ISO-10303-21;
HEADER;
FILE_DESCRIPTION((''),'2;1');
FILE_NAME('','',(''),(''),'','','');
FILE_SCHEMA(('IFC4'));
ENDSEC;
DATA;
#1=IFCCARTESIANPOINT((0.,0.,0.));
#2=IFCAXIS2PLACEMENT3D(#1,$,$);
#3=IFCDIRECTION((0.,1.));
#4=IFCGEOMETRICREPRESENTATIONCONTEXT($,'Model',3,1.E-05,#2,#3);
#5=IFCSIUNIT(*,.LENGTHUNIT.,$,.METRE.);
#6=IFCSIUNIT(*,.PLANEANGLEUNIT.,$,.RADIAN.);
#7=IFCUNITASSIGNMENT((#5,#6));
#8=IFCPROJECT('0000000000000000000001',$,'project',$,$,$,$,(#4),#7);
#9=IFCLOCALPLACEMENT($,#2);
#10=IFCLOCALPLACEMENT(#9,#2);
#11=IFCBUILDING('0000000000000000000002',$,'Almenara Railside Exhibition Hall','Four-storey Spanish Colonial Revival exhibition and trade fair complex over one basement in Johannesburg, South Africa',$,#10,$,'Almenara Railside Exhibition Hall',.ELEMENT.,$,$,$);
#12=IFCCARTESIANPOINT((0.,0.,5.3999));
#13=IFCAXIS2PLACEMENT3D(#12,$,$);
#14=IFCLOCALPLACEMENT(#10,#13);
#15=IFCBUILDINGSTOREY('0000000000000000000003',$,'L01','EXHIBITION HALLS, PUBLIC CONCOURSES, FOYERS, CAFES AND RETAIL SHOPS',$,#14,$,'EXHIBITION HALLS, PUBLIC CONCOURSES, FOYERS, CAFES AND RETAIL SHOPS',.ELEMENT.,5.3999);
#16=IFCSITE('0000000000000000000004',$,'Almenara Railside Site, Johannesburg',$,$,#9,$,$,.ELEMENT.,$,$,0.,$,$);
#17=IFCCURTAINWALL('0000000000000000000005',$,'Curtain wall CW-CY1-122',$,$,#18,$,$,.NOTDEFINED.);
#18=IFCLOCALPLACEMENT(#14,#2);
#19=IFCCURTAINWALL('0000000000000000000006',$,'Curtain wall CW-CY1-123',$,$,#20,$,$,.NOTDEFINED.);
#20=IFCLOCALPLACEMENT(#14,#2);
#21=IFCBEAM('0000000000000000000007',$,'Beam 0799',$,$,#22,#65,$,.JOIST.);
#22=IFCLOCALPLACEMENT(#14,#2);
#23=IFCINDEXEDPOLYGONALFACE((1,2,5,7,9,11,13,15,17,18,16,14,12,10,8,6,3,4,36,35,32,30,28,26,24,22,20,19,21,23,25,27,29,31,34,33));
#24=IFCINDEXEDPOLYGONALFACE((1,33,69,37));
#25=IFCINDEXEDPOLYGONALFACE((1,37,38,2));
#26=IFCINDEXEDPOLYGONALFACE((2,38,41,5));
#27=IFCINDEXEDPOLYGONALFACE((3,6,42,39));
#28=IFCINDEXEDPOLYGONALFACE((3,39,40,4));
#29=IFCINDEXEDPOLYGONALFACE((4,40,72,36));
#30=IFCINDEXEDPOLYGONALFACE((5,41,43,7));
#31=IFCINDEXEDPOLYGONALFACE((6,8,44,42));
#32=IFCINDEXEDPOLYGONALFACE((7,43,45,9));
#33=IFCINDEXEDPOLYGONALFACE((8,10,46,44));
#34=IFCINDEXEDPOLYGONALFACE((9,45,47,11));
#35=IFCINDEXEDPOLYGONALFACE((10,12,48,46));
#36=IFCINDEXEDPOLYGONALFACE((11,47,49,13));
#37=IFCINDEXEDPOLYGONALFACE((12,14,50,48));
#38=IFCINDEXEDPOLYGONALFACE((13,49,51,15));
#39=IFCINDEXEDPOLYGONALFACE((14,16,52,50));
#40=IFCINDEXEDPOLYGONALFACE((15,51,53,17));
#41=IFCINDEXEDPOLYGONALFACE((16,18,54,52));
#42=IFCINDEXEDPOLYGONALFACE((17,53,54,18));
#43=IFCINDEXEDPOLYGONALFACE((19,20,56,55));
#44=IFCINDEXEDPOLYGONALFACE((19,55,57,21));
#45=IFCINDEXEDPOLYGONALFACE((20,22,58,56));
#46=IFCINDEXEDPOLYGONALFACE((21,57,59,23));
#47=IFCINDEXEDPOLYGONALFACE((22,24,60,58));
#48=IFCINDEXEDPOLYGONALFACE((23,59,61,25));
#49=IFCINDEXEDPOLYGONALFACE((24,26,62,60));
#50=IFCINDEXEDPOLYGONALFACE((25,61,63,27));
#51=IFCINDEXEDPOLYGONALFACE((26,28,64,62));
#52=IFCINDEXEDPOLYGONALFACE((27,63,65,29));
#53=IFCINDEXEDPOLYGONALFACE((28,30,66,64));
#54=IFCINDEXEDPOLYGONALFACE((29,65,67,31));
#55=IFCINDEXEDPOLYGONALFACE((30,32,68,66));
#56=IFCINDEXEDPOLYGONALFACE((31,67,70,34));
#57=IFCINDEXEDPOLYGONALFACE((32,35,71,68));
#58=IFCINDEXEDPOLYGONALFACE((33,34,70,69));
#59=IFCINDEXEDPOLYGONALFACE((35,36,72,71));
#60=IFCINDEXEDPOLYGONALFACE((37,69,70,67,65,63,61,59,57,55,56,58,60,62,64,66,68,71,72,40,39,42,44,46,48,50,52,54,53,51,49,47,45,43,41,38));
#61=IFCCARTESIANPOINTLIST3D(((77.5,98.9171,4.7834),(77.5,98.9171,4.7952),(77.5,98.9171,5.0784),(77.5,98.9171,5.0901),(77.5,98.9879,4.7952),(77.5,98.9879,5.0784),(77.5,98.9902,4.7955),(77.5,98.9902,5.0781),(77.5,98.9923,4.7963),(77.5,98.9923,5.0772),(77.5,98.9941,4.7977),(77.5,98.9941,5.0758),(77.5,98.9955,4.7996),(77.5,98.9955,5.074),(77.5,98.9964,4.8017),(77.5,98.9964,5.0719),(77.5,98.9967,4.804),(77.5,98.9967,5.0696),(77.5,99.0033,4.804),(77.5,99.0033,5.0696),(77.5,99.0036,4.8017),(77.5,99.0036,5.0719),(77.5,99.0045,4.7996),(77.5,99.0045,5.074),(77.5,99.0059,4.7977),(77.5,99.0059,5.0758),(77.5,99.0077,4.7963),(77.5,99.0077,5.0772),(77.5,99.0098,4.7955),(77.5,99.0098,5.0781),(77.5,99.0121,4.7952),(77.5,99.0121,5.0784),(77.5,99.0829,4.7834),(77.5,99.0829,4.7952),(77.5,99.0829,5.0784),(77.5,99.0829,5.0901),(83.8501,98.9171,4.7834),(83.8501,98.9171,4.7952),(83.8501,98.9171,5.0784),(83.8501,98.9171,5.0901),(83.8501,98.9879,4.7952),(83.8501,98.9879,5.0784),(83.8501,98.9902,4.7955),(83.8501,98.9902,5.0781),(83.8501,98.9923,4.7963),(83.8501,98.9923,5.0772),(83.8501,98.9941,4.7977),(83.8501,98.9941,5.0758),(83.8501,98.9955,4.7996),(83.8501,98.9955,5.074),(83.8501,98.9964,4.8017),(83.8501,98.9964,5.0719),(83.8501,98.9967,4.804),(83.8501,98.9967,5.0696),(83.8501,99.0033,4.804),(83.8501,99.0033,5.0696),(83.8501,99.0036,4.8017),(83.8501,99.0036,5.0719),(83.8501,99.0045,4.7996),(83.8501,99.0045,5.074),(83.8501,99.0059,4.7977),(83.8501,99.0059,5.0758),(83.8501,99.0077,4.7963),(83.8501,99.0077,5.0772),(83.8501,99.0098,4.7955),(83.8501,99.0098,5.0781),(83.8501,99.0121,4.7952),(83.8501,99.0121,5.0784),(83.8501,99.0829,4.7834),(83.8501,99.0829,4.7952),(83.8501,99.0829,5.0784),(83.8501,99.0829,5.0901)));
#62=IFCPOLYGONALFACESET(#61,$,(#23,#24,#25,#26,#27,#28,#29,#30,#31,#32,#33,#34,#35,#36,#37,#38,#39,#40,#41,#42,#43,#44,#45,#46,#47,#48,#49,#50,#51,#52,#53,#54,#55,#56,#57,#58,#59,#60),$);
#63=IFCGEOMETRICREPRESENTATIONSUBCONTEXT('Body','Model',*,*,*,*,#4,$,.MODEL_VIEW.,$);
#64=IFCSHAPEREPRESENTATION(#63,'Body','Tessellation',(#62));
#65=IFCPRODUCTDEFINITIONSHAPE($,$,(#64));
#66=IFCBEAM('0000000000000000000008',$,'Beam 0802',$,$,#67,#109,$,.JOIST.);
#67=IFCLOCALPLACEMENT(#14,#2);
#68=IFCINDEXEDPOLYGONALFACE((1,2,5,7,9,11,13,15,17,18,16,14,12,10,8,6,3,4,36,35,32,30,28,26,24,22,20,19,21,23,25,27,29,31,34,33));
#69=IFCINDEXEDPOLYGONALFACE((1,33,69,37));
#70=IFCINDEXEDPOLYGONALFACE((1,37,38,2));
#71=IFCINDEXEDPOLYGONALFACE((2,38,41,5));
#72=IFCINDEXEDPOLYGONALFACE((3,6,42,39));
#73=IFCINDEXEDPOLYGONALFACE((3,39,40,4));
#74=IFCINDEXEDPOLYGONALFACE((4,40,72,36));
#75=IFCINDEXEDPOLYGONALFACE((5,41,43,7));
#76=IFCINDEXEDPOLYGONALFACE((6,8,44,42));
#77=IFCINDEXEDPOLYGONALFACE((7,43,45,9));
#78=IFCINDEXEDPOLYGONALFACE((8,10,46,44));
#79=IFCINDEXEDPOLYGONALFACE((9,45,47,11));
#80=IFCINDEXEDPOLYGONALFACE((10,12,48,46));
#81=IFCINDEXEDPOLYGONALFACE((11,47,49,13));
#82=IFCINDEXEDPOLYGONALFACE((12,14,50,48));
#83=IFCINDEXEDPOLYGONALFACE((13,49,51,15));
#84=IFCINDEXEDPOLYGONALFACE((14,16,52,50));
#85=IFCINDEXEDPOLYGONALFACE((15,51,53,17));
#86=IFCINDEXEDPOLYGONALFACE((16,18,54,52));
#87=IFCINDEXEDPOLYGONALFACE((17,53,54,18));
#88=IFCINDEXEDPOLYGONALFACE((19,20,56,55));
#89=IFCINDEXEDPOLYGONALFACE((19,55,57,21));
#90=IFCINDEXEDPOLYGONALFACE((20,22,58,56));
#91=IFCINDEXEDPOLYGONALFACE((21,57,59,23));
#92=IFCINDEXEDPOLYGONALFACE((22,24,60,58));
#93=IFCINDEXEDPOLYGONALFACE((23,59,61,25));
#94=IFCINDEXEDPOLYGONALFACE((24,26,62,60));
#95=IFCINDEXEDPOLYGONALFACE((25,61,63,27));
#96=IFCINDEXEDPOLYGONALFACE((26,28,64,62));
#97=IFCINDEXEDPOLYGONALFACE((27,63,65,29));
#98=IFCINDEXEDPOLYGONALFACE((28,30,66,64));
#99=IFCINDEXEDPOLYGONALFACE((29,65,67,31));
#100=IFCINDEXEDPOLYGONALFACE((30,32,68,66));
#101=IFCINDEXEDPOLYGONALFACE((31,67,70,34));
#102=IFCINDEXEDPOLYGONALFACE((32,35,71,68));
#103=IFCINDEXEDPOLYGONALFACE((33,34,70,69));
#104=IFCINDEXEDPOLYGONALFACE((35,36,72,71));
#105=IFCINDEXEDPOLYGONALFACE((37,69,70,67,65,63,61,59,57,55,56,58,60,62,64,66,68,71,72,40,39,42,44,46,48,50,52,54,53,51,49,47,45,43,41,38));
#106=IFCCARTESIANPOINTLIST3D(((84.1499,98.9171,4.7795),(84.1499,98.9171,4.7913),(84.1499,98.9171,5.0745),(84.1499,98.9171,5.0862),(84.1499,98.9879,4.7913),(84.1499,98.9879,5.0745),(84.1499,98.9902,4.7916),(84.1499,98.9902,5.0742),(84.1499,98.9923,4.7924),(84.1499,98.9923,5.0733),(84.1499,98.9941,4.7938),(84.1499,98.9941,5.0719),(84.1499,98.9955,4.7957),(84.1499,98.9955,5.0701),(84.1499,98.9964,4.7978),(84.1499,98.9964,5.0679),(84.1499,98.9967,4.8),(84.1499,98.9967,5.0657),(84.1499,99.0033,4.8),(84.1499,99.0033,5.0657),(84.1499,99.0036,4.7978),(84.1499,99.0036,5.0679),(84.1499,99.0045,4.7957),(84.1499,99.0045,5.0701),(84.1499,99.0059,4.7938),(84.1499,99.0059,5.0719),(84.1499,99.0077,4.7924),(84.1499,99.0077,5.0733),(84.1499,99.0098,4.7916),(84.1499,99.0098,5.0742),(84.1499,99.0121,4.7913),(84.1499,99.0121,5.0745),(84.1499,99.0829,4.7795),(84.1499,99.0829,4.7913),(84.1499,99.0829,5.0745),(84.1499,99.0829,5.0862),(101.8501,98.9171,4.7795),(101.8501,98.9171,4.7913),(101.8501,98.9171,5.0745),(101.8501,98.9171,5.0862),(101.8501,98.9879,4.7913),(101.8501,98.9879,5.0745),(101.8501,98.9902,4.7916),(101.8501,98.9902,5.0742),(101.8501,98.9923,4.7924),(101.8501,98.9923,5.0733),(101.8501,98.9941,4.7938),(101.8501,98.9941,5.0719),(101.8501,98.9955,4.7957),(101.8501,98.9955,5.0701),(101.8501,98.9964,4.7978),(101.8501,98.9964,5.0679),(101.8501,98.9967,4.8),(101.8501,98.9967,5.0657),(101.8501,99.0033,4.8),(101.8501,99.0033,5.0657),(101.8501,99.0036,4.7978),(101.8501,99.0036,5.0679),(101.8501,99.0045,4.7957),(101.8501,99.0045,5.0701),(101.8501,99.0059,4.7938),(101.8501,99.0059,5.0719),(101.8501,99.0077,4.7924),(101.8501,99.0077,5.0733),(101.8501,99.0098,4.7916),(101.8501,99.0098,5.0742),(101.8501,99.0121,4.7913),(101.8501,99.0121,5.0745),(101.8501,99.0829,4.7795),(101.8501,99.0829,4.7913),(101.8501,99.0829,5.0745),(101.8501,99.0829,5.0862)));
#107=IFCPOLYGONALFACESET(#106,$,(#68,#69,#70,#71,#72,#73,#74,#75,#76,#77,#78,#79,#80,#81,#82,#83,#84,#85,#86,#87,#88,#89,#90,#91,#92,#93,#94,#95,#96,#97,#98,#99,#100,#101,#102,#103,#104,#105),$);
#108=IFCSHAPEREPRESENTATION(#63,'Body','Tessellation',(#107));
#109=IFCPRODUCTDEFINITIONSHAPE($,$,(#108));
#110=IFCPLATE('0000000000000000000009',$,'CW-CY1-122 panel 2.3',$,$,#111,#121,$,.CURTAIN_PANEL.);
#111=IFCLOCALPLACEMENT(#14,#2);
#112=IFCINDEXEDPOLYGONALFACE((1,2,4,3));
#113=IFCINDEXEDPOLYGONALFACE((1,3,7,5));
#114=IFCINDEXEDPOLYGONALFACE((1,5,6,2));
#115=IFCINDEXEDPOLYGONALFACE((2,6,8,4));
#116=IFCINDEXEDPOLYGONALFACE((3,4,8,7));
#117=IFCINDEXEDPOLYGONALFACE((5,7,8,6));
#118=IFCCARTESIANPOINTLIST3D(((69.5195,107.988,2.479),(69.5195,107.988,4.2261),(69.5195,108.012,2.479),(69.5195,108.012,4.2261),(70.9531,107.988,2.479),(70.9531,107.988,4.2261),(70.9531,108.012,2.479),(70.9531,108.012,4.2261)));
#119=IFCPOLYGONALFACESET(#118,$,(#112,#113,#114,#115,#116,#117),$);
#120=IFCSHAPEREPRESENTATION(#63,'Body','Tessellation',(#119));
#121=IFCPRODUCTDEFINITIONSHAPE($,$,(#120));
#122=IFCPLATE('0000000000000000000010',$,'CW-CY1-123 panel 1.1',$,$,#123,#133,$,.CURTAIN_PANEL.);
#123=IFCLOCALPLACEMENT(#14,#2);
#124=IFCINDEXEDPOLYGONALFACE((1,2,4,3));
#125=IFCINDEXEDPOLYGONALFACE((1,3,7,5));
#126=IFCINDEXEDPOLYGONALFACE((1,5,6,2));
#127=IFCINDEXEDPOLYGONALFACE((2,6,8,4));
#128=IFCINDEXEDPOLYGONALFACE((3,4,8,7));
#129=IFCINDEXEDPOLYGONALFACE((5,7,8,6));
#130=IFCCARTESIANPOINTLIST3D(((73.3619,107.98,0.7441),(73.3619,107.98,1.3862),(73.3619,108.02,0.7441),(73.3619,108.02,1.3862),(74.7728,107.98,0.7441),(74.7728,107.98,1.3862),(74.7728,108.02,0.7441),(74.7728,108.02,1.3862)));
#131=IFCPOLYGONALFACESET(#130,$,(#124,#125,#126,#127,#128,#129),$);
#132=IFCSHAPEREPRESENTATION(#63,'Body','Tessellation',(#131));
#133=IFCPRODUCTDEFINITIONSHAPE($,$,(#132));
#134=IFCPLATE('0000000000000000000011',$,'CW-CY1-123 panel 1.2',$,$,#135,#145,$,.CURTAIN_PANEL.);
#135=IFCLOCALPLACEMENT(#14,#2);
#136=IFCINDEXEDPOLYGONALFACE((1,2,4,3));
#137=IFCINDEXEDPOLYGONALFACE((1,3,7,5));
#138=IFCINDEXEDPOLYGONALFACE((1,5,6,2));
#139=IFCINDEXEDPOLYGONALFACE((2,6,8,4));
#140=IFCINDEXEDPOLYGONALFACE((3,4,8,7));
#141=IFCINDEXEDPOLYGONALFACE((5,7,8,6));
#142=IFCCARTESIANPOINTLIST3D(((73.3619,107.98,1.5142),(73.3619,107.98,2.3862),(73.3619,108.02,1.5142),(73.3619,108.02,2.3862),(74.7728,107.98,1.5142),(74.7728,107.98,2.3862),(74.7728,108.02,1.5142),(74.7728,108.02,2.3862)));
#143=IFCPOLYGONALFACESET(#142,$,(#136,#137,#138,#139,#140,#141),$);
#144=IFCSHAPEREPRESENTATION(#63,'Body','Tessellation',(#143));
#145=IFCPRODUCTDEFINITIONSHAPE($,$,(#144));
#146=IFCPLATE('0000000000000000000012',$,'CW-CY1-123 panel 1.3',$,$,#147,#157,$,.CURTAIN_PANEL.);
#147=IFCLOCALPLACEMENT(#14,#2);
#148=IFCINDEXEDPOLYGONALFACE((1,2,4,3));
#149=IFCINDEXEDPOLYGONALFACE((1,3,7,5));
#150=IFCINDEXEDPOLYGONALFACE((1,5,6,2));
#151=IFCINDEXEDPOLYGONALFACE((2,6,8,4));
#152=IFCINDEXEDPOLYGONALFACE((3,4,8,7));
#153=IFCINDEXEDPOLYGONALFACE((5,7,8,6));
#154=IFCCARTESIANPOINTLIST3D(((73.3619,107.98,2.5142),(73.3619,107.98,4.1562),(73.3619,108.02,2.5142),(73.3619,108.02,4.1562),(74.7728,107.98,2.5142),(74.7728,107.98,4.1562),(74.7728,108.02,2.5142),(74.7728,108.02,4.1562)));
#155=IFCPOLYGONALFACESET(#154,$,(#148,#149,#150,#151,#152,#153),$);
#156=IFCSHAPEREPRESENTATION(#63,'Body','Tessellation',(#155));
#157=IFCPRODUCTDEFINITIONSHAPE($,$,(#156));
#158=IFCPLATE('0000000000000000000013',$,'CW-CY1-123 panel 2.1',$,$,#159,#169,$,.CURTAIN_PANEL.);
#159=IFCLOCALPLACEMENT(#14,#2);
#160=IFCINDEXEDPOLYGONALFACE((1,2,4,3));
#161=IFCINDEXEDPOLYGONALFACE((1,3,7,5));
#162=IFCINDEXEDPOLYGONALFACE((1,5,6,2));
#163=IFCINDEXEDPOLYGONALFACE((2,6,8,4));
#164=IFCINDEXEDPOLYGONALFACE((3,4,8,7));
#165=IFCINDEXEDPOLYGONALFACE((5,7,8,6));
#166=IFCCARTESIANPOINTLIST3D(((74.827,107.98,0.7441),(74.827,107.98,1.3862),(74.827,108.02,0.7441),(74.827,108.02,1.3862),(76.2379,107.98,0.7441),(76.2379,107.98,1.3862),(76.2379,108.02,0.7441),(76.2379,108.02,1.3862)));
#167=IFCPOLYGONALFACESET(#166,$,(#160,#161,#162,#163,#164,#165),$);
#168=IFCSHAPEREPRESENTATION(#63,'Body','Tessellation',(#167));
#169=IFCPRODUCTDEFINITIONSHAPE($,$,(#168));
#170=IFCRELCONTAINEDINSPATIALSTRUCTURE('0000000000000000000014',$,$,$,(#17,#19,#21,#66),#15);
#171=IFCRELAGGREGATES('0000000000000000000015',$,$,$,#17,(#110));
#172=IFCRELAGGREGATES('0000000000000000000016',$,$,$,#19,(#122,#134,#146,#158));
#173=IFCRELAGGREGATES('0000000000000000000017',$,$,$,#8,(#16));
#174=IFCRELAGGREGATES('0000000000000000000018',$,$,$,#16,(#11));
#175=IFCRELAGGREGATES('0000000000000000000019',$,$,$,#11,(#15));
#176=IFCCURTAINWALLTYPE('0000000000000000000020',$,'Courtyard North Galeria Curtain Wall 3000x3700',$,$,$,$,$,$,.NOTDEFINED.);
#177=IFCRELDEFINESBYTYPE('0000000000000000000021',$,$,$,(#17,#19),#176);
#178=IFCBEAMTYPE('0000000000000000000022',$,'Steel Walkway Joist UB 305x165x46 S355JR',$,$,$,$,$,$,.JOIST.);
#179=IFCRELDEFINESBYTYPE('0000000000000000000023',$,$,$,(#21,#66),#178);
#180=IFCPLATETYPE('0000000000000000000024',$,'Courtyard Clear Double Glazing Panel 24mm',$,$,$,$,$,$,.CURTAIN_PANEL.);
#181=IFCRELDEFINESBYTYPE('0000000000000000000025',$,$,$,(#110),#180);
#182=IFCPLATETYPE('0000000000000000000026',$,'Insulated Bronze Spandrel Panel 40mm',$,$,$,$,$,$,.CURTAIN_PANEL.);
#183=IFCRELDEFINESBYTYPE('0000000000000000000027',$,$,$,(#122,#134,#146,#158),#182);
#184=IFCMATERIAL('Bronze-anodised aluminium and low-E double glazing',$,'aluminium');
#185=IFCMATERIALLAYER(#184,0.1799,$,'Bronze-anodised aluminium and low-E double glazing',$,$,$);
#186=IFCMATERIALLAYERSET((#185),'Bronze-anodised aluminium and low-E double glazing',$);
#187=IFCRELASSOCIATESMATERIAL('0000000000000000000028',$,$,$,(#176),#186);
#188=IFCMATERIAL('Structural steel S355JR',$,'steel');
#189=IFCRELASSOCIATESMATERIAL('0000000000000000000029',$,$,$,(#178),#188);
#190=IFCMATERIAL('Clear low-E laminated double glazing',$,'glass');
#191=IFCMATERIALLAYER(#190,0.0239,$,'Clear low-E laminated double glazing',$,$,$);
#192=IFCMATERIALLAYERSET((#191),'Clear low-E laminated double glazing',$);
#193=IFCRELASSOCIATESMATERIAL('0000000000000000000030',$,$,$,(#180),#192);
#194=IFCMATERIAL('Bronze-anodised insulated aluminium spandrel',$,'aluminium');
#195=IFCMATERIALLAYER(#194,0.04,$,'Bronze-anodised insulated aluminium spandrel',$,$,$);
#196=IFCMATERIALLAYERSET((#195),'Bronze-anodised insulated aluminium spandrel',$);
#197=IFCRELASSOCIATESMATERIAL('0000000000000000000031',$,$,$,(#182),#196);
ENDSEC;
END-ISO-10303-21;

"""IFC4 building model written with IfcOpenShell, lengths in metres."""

from ifc_helpers import new_model, si_unit, direction, frame, origin, origin_2d, place, context, subcontext, project, spatial, rectangle, i_section, extrude, material, layer, layer_set, material_profile, profile_set, type_object, element, aggregate, save


model = new_model("IFC4")

# Units and contexts
model_context = context("Model", 3, precision=1e-05, world=origin(), true_north=direction((0.0, 1.0)))
body_context = subcontext(model_context, "Body", "Model", "MODEL_VIEW")
ifc_project = project(units=[si_unit("LENGTHUNIT", "METRE"), si_unit("PLANEANGLEUNIT", "RADIAN")], contexts=[model_context])

# Site, building, storey
site_placement = place(None, origin())
site = spatial("IfcSite", under=ifc_project, at=site_placement, Name="Almenara Railside Site, Johannesburg", CompositionType="ELEMENT", RefElevation=0.0)
building_placement = place(site_placement, origin())
building = spatial("IfcBuilding", under=site, at=building_placement, Name="Almenara Railside Exhibition Hall", Description="Four-storey Spanish Colonial Revival exhibition and trade fair complex over one basement in Johannesburg, South Africa", LongName="Almenara Railside Exhibition Hall", CompositionType="ELEMENT")
storey_placement = place(building_placement, frame((0.0, 0.0, 5.3999)))
storey = spatial("IfcBuildingStorey", under=building, at=storey_placement, Name="L01", Description="EXHIBITION HALLS, PUBLIC CONCOURSES, FOYERS, CAFES AND RETAIL SHOPS", LongName="EXHIBITION HALLS, PUBLIC CONCOURSES, FOYERS, CAFES AND RETAIL SHOPS", CompositionType="ELEMENT", Elevation=5.3999)

# Curtain wall
ifc_material_1 = material(Name="Bronze-anodised aluminium and low-E double glazing", Category="aluminium")
ifc_layer_1 = layer(ifc_material_1, 0.1799, Name="Bronze-anodised aluminium and low-E double glazing")
ifc_layer_set_1 = layer_set([ifc_layer_1], Name="Bronze-anodised aluminium and low-E double glazing")
curtain_wall_type = type_object("IfcCurtainWallType", Name="Courtyard North Galeria Curtain Wall 3000x3700", PredefinedType="NOTDEFINED", material=ifc_layer_set_1)
curtain_wall_1_placement = place(storey_placement, origin())
curtain_wall_1 = element("IfcCurtainWall", 1, at=curtain_wall_1_placement, inside=storey, type_object=curtain_wall_type, Name="Curtain wall CW-CY1-122", PredefinedType="NOTDEFINED")

# Curtain wall
curtain_wall_2_placement = place(storey_placement, origin())
curtain_wall_2 = element("IfcCurtainWall", 2, at=curtain_wall_2_placement, inside=storey, type_object=curtain_wall_type, Name="Curtain wall CW-CY1-123", PredefinedType="NOTDEFINED")

# Beams
ifc_material_2 = material(Name="Structural steel S355JR", Category="steel")
ifc_material_profile_1 = material_profile(ifc_material_2, i_section(OverallWidth=0.1658, OverallDepth=0.3066, WebThickness=0.0066, FlangeThickness=0.0117, FilletRadius=0.0088, at=origin_2d()), Name="UB 305x165x46")
ifc_profile_set_1 = profile_set([ifc_material_profile_1], Name="Structural steel S355JR")
beam_type_1 = type_object("IfcBeamType", Name="Steel Walkway Joist UB 305x165x46 S355JR", PredefinedType="JOIST", material=ifc_profile_set_1)
beam_1_placement = place(storey_placement, frame((77.5, 99.0, 4.9368), z_axis=(1.0, 0.0, 0.0), x_axis=(0.0, 1.0, 0.0)))
element("IfcBeam", 3, at=beam_1_placement, inside=storey, type_object=beam_type_1, Name="Beam 0799", PredefinedType="JOIST", context=body_context, shape_type="SweptSolid", body=[
    extrude(i_section(OverallWidth=0.1658, OverallDepth=0.3066, WebThickness=0.0066, FlangeThickness=0.0117, FilletRadius=0.0088, at=origin_2d()), origin(), (0.0, 0.0, 1.0), 6.3501),
])
beam_2_placement = place(storey_placement, frame((84.1499, 99.0, 4.9329), z_axis=(1.0, 0.0, 0.0), x_axis=(0.0, 1.0, 0.0)))
element("IfcBeam", 4, at=beam_2_placement, inside=storey, type_object=beam_type_1, Name="Beam 0802", PredefinedType="JOIST", context=body_context, shape_type="SweptSolid", body=[
    extrude(i_section(OverallWidth=0.1658, OverallDepth=0.3066, WebThickness=0.0066, FlangeThickness=0.0117, FilletRadius=0.0088, at=origin_2d()), origin(), (0.0, 0.0, 1.0), 17.7002),
])

# Plates
ifc_material_3 = material(Name="Clear low-E laminated double glazing", Category="glass")
ifc_layer_2 = layer(ifc_material_3, 0.0239, Name="Clear low-E laminated double glazing")
ifc_layer_set_2 = layer_set([ifc_layer_2], Name="Clear low-E laminated double glazing")
plate_type_1 = type_object("IfcPlateType", Name="Courtyard Clear Double Glazing Panel 24mm", PredefinedType="CURTAIN_PANEL", material=ifc_layer_set_2)
plate_1_placement = place(storey_placement, frame((70.2363, 108.0, 2.479), z_axis=(0.0, 0.0, 1.0), x_axis=(1.0, 0.0, 0.0)))
plate_1 = element("IfcPlate", 5, at=plate_1_placement, type_object=plate_type_1, Name="CW-CY1-122 panel 2.3", PredefinedType="CURTAIN_PANEL", context=body_context, shape_type="SweptSolid", body=[
    extrude(rectangle(XDim=1.4336, YDim=0.0239, at=origin_2d()), origin(), (0.0, 0.0, 1.0), 1.7471),
])
aggregate(curtain_wall_1, [plate_1])
ifc_material_4 = material(Name="Bronze-anodised insulated aluminium spandrel", Category="aluminium")
ifc_layer_3 = layer(ifc_material_4, 0.04, Name="Bronze-anodised insulated aluminium spandrel")
ifc_layer_set_3 = layer_set([ifc_layer_3], Name="Bronze-anodised insulated aluminium spandrel")
plate_type_2 = type_object("IfcPlateType", Name="Insulated Bronze Spandrel Panel 40mm", PredefinedType="CURTAIN_PANEL", material=ifc_layer_set_3)
plate_2_placement = place(storey_placement, frame((74.0674, 108.0, 0.7441), z_axis=(0.0, 0.0, 1.0), x_axis=(1.0, 0.0, 0.0)))
plate_2 = element("IfcPlate", 6, at=plate_2_placement, type_object=plate_type_2, Name="CW-CY1-123 panel 1.1", PredefinedType="CURTAIN_PANEL", context=body_context, shape_type="SweptSolid", body=[
    extrude(rectangle(XDim=1.4109, YDim=0.04, at=origin_2d()), origin(), (0.0, 0.0, 1.0), 0.6421),
])
plate_3_placement = place(storey_placement, frame((74.0674, 108.0, 1.5142), z_axis=(0.0, 0.0, 1.0), x_axis=(1.0, 0.0, 0.0)))
plate_3 = element("IfcPlate", 7, at=plate_3_placement, type_object=plate_type_2, Name="CW-CY1-123 panel 1.2", PredefinedType="CURTAIN_PANEL", context=body_context, shape_type="SweptSolid", body=[
    extrude(rectangle(XDim=1.4109, YDim=0.04, at=origin_2d()), origin(), (0.0, 0.0, 1.0), 0.8721),
])
plate_4_placement = place(storey_placement, frame((74.0674, 108.0, 2.5142), z_axis=(0.0, 0.0, 1.0), x_axis=(1.0, 0.0, 0.0)))
plate_4 = element("IfcPlate", 8, at=plate_4_placement, type_object=plate_type_2, Name="CW-CY1-123 panel 1.3", PredefinedType="CURTAIN_PANEL", context=body_context, shape_type="SweptSolid", body=[
    extrude(rectangle(XDim=1.4109, YDim=0.04, at=origin_2d()), origin(), (0.0, 0.0, 1.0), 1.6421),
])
plate_5_placement = place(storey_placement, frame((75.5325, 108.0, 0.7441), z_axis=(0.0, 0.0, 1.0), x_axis=(1.0, 0.0, 0.0)))
plate_5 = element("IfcPlate", 9, at=plate_5_placement, type_object=plate_type_2, Name="CW-CY1-123 panel 2.1", PredefinedType="CURTAIN_PANEL", context=body_context, shape_type="SweptSolid", body=[
    extrude(rectangle(XDim=1.4109, YDim=0.04, at=origin_2d()), origin(), (0.0, 0.0, 1.0), 0.6421),
])
aggregate(curtain_wall_2, [plate_2, plate_3, plate_4, plate_5])

save(model, "model.ifc")
